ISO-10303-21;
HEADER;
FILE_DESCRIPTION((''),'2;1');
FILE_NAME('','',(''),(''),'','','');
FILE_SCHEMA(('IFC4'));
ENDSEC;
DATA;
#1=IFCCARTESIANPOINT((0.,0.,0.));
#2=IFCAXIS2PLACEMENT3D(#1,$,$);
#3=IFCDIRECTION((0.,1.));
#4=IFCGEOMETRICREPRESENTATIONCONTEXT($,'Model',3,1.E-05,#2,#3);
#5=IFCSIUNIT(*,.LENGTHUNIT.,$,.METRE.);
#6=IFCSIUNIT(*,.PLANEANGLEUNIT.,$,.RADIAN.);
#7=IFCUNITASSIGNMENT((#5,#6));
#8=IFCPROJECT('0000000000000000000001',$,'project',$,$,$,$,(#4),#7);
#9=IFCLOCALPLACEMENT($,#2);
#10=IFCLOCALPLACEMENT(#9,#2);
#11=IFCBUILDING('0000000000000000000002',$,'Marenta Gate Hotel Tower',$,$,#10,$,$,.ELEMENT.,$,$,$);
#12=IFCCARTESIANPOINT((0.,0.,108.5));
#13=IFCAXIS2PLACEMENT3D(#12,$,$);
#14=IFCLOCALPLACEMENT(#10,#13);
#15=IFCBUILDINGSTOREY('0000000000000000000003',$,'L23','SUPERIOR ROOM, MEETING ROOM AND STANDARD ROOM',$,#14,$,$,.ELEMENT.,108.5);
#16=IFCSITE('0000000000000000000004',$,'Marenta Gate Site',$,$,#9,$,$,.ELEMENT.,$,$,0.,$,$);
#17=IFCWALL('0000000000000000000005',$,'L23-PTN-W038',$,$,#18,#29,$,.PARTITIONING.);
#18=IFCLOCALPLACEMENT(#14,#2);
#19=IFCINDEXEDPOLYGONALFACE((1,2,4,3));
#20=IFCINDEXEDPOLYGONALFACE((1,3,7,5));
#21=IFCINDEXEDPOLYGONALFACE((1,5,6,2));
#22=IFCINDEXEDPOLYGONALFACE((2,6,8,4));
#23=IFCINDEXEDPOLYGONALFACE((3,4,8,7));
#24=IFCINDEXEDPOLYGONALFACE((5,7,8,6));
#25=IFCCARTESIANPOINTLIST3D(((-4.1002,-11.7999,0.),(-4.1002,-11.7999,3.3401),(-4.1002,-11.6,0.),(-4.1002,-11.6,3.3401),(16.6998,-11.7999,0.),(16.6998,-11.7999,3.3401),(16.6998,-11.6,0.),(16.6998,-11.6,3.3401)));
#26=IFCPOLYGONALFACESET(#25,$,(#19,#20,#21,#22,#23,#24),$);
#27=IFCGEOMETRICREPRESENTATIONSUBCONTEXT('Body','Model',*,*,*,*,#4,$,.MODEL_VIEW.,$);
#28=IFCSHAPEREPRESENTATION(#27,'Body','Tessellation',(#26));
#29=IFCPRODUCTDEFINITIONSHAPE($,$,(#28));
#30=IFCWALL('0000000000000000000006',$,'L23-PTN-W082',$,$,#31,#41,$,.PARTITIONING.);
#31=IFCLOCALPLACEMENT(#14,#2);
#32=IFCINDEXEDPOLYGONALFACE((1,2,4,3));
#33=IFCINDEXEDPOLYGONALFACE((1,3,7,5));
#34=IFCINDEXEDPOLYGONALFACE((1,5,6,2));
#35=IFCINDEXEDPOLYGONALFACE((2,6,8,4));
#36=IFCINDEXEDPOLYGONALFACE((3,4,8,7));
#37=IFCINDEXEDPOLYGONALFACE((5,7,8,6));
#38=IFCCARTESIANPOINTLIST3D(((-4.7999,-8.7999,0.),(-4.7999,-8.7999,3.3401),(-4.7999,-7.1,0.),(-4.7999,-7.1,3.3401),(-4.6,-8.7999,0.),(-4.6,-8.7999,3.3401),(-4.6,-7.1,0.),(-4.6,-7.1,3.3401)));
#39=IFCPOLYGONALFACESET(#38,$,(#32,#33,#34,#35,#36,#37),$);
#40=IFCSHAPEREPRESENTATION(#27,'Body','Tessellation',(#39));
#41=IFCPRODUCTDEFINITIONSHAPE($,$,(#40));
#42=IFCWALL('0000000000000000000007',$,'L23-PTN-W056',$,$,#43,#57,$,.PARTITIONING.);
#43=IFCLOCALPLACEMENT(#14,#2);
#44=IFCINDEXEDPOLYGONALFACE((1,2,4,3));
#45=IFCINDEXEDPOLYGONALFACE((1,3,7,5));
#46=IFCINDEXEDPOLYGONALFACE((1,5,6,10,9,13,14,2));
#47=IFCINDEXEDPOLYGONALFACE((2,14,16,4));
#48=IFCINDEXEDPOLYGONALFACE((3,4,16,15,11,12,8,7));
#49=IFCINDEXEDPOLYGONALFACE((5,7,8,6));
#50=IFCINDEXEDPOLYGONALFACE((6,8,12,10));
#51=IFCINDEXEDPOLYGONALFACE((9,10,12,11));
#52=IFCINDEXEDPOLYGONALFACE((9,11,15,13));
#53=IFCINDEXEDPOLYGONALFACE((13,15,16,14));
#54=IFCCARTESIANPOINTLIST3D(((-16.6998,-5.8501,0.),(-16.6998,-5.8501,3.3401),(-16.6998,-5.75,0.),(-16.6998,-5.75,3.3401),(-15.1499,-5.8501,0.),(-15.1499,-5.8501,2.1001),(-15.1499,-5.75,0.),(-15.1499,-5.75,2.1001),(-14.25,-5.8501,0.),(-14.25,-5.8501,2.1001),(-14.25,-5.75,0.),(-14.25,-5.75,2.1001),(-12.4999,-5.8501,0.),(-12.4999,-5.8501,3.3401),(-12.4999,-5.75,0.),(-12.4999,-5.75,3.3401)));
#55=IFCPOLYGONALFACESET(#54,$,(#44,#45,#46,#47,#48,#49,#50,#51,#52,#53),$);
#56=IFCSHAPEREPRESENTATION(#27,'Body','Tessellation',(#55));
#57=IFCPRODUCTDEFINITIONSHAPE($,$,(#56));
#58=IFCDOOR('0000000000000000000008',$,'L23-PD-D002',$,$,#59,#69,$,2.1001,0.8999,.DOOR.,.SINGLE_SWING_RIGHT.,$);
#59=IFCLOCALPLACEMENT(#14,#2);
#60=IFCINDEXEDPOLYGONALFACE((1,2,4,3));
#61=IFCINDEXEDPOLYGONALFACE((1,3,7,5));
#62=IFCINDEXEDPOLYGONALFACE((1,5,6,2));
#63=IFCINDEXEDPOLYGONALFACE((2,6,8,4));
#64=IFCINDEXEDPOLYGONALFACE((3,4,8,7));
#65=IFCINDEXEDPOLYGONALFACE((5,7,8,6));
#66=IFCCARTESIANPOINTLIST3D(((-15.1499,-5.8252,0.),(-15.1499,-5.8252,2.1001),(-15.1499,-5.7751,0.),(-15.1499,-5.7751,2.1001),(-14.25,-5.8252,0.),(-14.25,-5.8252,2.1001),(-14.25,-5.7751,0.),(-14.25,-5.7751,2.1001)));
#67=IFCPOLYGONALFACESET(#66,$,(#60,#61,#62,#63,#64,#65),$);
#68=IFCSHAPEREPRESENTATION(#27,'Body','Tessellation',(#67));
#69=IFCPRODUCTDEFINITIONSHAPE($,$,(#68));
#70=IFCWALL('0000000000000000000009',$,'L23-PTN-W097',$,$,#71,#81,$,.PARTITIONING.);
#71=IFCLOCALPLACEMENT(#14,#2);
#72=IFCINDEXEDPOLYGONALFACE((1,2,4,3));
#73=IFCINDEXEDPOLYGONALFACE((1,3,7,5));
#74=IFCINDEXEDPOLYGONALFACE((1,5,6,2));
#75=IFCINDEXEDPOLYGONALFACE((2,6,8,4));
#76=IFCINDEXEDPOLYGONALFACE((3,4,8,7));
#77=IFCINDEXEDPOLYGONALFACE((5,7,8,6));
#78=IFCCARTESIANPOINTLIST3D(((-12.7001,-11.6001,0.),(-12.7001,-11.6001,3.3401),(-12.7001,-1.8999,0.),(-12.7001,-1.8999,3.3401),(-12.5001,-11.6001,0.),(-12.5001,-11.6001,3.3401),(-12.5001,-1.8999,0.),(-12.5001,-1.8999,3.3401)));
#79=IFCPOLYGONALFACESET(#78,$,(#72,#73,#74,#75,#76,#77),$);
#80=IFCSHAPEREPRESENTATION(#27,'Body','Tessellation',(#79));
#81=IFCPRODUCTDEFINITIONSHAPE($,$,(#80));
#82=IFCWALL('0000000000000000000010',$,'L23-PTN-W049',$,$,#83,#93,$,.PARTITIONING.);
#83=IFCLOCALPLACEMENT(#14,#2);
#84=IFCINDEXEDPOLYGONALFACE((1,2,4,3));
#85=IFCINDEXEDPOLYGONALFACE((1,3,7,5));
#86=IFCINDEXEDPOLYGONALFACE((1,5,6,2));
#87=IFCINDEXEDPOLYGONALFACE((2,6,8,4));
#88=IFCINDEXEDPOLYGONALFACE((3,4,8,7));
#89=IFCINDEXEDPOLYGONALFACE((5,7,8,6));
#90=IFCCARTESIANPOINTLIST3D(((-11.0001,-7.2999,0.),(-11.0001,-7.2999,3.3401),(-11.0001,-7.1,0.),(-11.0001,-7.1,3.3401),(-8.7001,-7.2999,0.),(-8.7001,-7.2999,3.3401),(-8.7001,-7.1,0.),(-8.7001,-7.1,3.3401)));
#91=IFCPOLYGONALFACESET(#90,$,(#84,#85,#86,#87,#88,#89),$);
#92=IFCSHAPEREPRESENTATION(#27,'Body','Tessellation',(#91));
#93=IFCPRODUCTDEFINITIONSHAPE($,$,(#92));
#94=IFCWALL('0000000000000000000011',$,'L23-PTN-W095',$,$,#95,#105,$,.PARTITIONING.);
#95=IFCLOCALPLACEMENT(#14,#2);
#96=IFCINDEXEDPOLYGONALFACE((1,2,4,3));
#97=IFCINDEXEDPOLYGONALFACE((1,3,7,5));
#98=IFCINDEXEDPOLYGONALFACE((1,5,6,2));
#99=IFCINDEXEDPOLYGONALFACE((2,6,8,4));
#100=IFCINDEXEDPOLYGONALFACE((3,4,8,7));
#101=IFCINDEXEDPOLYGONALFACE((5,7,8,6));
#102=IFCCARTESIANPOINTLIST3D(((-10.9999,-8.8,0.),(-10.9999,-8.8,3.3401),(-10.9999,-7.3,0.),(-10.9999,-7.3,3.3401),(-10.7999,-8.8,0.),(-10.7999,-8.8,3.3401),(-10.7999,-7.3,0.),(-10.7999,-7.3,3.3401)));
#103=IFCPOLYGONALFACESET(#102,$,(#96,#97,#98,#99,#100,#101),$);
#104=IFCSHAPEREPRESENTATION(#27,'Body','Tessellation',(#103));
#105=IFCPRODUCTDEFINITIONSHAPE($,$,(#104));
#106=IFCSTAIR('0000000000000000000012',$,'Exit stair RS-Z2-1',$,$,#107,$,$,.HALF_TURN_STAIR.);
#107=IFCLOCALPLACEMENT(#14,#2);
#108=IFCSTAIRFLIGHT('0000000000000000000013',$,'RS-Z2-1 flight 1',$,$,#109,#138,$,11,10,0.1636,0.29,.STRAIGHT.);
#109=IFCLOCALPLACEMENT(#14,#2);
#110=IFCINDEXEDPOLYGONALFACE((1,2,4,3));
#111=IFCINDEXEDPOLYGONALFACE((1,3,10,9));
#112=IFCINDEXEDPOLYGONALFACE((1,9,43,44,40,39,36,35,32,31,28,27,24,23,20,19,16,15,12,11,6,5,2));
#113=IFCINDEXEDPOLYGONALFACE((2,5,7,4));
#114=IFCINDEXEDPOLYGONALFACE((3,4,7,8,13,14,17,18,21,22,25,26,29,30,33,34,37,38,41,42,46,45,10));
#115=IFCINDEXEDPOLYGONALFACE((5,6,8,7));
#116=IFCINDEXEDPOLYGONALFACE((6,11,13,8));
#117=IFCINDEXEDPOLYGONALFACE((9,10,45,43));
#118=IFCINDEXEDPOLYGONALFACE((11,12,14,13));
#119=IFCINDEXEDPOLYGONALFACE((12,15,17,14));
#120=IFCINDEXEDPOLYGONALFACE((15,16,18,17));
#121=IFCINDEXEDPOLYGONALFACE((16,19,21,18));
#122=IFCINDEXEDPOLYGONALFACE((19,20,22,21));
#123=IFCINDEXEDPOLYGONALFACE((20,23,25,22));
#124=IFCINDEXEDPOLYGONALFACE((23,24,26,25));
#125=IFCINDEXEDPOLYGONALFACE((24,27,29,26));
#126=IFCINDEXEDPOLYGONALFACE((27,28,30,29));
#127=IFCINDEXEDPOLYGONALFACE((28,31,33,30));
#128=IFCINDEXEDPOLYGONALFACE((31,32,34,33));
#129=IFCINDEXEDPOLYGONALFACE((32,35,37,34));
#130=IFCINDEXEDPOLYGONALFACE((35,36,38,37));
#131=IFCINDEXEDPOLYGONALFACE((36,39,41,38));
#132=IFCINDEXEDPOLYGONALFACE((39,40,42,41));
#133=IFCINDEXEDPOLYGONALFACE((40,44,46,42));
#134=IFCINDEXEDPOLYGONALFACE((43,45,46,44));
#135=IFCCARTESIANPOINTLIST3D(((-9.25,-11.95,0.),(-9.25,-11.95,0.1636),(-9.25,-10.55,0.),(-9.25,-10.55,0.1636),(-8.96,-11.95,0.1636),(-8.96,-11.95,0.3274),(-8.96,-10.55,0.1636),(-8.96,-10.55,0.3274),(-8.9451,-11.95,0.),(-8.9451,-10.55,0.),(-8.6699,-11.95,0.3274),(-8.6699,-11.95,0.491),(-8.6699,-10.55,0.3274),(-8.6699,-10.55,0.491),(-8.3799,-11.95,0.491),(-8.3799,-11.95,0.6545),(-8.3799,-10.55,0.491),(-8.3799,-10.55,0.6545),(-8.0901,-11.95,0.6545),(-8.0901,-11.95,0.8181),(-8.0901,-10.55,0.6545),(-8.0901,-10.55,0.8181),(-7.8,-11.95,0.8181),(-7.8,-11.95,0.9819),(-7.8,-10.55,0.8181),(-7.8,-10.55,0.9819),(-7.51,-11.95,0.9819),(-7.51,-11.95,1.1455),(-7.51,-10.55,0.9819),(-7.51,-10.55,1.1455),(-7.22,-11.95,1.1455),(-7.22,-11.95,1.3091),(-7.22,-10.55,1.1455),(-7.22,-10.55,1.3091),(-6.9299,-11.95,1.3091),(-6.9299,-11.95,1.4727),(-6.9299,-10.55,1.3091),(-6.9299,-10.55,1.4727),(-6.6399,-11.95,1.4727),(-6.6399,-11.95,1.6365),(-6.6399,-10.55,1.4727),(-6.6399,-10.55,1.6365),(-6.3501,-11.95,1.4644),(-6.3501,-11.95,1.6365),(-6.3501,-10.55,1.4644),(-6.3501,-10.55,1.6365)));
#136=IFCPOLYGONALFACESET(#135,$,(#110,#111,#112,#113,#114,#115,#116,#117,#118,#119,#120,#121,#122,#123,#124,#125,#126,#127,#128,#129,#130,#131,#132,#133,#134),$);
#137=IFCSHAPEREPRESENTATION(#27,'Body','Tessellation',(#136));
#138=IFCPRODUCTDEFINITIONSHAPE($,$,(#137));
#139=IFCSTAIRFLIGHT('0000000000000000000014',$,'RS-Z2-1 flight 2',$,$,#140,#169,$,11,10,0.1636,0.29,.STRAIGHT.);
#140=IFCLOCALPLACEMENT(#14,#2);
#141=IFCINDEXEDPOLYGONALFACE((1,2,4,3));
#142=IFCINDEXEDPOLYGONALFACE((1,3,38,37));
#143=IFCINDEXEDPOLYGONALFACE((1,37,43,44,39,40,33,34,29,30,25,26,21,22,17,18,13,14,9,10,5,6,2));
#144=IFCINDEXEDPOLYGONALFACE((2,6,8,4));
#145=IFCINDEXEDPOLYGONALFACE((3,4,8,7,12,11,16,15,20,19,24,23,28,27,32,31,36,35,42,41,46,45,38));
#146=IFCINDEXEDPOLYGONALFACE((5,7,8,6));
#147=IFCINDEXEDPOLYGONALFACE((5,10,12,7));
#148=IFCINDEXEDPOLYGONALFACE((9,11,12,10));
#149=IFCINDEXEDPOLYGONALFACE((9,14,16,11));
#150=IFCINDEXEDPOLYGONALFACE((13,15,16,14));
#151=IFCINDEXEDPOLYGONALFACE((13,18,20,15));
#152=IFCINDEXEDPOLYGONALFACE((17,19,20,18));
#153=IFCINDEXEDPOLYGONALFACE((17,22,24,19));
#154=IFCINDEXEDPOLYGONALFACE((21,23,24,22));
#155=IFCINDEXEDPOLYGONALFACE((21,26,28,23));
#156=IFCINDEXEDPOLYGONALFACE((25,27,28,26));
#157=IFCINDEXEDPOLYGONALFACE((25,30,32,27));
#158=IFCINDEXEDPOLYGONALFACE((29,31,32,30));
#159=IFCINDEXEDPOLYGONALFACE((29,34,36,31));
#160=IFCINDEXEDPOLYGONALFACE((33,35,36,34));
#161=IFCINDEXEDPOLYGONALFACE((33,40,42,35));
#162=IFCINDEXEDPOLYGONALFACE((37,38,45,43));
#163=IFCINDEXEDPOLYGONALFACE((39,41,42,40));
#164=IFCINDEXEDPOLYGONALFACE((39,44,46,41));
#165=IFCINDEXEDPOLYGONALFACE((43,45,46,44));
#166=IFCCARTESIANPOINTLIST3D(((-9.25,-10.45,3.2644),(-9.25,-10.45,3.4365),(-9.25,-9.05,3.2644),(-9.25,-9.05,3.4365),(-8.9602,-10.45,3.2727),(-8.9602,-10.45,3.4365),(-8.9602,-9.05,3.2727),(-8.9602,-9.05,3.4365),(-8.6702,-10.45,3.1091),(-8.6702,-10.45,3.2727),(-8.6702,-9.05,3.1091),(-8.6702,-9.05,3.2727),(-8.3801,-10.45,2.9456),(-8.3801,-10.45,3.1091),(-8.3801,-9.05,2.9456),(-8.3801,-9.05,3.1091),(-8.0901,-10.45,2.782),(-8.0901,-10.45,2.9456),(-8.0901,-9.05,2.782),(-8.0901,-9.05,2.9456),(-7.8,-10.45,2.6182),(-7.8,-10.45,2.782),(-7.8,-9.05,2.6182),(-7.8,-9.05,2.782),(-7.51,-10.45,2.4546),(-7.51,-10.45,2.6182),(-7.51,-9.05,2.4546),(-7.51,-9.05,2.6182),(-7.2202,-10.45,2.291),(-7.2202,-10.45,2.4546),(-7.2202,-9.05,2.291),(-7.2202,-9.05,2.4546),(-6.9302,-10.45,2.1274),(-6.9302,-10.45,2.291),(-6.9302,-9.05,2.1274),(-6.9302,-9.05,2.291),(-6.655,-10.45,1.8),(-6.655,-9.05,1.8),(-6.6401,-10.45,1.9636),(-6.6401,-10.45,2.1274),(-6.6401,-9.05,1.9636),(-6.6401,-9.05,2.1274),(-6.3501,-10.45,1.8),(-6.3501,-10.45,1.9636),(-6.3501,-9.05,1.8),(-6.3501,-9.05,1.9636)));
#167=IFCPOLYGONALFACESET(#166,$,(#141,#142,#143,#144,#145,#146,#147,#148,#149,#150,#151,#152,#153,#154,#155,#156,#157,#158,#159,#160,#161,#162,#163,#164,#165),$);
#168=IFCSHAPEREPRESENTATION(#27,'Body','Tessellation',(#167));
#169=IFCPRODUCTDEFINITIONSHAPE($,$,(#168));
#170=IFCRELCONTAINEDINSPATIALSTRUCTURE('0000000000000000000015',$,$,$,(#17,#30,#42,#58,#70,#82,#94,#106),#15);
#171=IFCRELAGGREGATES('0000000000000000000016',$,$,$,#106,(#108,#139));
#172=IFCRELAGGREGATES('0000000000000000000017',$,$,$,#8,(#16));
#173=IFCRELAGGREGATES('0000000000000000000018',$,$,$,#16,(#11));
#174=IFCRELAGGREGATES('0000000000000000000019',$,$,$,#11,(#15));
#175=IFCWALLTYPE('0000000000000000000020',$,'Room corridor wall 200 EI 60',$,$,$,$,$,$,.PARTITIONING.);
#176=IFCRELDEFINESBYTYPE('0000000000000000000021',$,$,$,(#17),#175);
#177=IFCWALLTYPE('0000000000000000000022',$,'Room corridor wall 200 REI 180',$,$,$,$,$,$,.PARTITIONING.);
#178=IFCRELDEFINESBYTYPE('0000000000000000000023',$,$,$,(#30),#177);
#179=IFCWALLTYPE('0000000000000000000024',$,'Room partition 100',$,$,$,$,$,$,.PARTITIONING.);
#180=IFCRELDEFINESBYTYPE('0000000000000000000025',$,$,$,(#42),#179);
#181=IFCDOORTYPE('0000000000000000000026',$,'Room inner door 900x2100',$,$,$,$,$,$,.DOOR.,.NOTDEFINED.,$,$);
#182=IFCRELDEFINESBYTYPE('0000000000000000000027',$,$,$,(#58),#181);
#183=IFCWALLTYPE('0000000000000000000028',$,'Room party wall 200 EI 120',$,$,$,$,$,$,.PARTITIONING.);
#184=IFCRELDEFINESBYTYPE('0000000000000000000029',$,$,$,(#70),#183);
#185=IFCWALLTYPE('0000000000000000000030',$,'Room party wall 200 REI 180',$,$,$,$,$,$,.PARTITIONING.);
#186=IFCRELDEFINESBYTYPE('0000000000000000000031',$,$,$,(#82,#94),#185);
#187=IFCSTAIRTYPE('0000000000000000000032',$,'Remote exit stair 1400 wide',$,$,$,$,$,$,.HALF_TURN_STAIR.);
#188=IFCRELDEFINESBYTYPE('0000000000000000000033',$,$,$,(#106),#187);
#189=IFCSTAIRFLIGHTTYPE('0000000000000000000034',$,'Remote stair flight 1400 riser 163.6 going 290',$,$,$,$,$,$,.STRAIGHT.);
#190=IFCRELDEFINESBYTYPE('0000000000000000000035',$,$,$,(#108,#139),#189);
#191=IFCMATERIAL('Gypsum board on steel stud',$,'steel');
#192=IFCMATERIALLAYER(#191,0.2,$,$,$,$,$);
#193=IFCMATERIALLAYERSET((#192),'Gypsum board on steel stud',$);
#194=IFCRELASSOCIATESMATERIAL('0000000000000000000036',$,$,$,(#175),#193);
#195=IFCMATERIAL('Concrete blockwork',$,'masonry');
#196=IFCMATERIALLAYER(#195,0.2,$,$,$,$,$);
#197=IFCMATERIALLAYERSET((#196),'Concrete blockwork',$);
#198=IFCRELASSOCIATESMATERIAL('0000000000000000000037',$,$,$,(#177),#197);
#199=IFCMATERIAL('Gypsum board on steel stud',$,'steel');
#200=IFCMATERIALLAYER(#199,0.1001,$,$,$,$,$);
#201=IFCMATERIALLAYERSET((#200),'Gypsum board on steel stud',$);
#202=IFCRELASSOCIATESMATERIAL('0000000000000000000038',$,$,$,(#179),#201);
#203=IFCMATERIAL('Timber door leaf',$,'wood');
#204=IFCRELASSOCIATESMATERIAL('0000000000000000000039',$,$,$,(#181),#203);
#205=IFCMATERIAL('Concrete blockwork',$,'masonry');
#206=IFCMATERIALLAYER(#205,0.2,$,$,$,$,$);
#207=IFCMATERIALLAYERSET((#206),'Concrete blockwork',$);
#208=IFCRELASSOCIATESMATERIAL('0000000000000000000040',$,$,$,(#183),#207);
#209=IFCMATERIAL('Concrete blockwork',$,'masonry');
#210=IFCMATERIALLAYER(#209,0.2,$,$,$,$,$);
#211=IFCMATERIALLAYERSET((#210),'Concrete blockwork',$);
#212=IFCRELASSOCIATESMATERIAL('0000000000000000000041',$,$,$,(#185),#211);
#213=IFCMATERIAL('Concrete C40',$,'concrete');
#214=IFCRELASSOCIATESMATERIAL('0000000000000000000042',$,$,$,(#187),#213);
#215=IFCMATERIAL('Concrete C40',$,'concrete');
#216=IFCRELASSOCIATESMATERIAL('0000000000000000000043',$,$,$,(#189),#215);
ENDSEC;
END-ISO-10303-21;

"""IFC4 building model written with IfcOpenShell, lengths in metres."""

from ifc_helpers import new_model, si_unit, direction, frame, frame_2d, origin, place, context, subcontext, project, spatial, polyline, rectangle, outline, extrude, material, layer, layer_set, type_object, element, fill, aggregate, save


model = new_model("IFC4")

# Units and contexts
model_context = context("Model", 3, precision=1e-05, world=origin(), true_north=direction((0.0, 1.0)))
body_context = subcontext(model_context, "Body", "Model", "MODEL_VIEW")
ifc_project = project(units=[si_unit("LENGTHUNIT", "METRE"), si_unit("PLANEANGLEUNIT", "RADIAN")], contexts=[model_context])

# Site, building, storey
site_placement = place(None, origin())
site = spatial("IfcSite", under=ifc_project, at=site_placement, Name="Marenta Gate Site", CompositionType="ELEMENT", RefElevation=0.0)
building_placement = place(site_placement, origin())
building = spatial("IfcBuilding", under=site, at=building_placement, Name="Marenta Gate Hotel Tower", CompositionType="ELEMENT")
storey_placement = place(building_placement, frame((0.0, 0.0, 108.5)))
storey = spatial("IfcBuildingStorey", under=building, at=storey_placement, Name="L23", Description="SUPERIOR ROOM, MEETING ROOM AND STANDARD ROOM", CompositionType="ELEMENT", Elevation=108.5)

# Wall
ifc_material_1 = material(Name="Gypsum board on steel stud", Category="steel")
ifc_layer_1 = layer(ifc_material_1, 0.2)
ifc_layer_set_1 = layer_set([ifc_layer_1], Name="Gypsum board on steel stud")
wall_type_1 = type_object("IfcWallType", Name="Room corridor wall 200 EI 60", PredefinedType="PARTITIONING", material=ifc_layer_set_1)
wall_1_placement = place(storey_placement, frame((-4.1001, -11.7, 0.0), z_axis=(0.0, 0.0, 1.0), x_axis=(1.0, 0.0, 0.0)))
element("IfcWall", 1, at=wall_1_placement, inside=storey, type_object=wall_type_1, Name="L23-PTN-W038", PredefinedType="PARTITIONING", context=body_context, shape_type="SweptSolid", body=[
    extrude(rectangle(XDim=20.8, YDim=0.2, at=frame_2d((10.3999, 0.0))), origin(), (0.0, 0.0, 1.0), 3.3401),
])

# Shared definitions
ifc_material_2 = material(Name="Concrete blockwork", Category="masonry")
ifc_layer_2 = layer(ifc_material_2, 0.2)
ifc_layer_set_2 = layer_set([ifc_layer_2], Name="Concrete blockwork")
wall_type_2 = type_object("IfcWallType", Name="Room corridor wall 200 REI 180", PredefinedType="PARTITIONING", material=ifc_layer_set_2)

# Wall
wall_2_placement = place(storey_placement, frame((-4.7, -8.8, 0.0), z_axis=(0.0, 0.0, 1.0), x_axis=(0.0, 1.0, 0.0)))
element("IfcWall", 2, at=wall_2_placement, inside=storey, type_object=wall_type_2, Name="L23-PTN-W082", PredefinedType="PARTITIONING", context=body_context, shape_type="SweptSolid", body=[
    extrude(rectangle(XDim=1.7, YDim=0.2, at=frame_2d((0.8501, 0.0))), origin(), (0.0, 0.0, 1.0), 3.3401),
])

# Wall, opening, door
ifc_material_3 = material(Name="Gypsum board on steel stud", Category="steel")
ifc_layer_3 = layer(ifc_material_3, 0.1001)
ifc_layer_set_3 = layer_set([ifc_layer_3], Name="Gypsum board on steel stud")
wall_type_3 = type_object("IfcWallType", Name="Room partition 100", PredefinedType="PARTITIONING", material=ifc_layer_set_3)
wall_3_placement = place(storey_placement, frame((-16.7, -5.8, 0.0), z_axis=(0.0, 0.0, 1.0), x_axis=(1.0, 0.0, 0.0)))
wall_3 = element("IfcWall", 3, at=wall_3_placement, inside=storey, type_object=wall_type_3, Name="L23-PTN-W056", PredefinedType="PARTITIONING", context=body_context, shape_type="SweptSolid", body=[
    extrude(rectangle(XDim=4.2, YDim=0.1001, at=frame_2d((2.1001, 0.0))), origin(), (0.0, 0.0, 1.0), 3.3401),
])
opening_1_placement = place(wall_3_placement, frame((1.55, 0.0, 0.0)))
opening_1 = element("IfcOpeningElement", 4, at=opening_1_placement, cuts=wall_3, PredefinedType="OPENING", context=body_context, shape_type="SweptSolid", body=[
    extrude(rectangle(XDim=0.8999, YDim=2.1001, at=frame_2d((0.45, 1.05))), frame((0.0, 0.05, 0.0), z_axis=(0.0, -1.0, 0.0), x_axis=(1.0, 0.0, 0.0)), (0.0, 0.0, 1.0), 0.1001),
])
ifc_material_4 = material(Name="Timber door leaf", Category="wood")
door_type_1 = type_object("IfcDoorType", Name="Room inner door 900x2100", OperationType="NOTDEFINED", PredefinedType="DOOR", material=ifc_material_4)
door_1_placement = place(opening_1_placement, origin())
door_1 = element("IfcDoor", 5, at=door_1_placement, inside=storey, type_object=door_type_1, Name="L23-PD-D002", OperationType="SINGLE_SWING_RIGHT", OverallHeight=2.1001, OverallWidth=0.8999, PredefinedType="DOOR", context=body_context, shape_type="SweptSolid", body=[
    extrude(rectangle(XDim=0.8999, YDim=2.1001, at=frame_2d((0.45, 1.05))), frame((0.0, 0.0249, 0.0), z_axis=(0.0, -1.0, 0.0), x_axis=(1.0, 0.0, 0.0)), (0.0, 0.0, 1.0), 0.05),
])
fill(opening_1, door_1)

# Walls
ifc_material_5 = material(Name="Concrete blockwork", Category="masonry")
ifc_layer_4 = layer(ifc_material_5, 0.2)
ifc_layer_set_4 = layer_set([ifc_layer_4], Name="Concrete blockwork")
wall_type_4 = type_object("IfcWallType", Name="Room party wall 200 EI 120", PredefinedType="PARTITIONING", material=ifc_layer_set_4)
wall_4_placement = place(storey_placement, frame((-12.6001, -11.6001, 0.0), z_axis=(0.0, 0.0, 1.0), x_axis=(0.0, 1.0, 0.0)))
element("IfcWall", 6, at=wall_4_placement, inside=storey, type_object=wall_type_4, Name="L23-PTN-W097", PredefinedType="PARTITIONING", context=body_context, shape_type="SweptSolid", body=[
    extrude(rectangle(XDim=9.7002, YDim=0.2, at=frame_2d((4.8501, 0.0))), origin(), (0.0, 0.0, 1.0), 3.3401),
])
ifc_material_6 = material(Name="Concrete blockwork", Category="masonry")
ifc_layer_5 = layer(ifc_material_6, 0.2)
ifc_layer_set_5 = layer_set([ifc_layer_5], Name="Concrete blockwork")
wall_type_5 = type_object("IfcWallType", Name="Room party wall 200 REI 180", PredefinedType="PARTITIONING", material=ifc_layer_set_5)
wall_5_placement = place(storey_placement, frame((-11.0, -7.2, 0.0), z_axis=(0.0, 0.0, 1.0), x_axis=(1.0, 0.0, 0.0)))
element("IfcWall", 7, at=wall_5_placement, inside=storey, type_object=wall_type_5, Name="L23-PTN-W049", PredefinedType="PARTITIONING", context=body_context, shape_type="SweptSolid", body=[
    extrude(rectangle(XDim=2.3, YDim=0.2, at=frame_2d((1.1499, 0.0))), origin(), (0.0, 0.0, 1.0), 3.3401),
])
wall_6_placement = place(storey_placement, frame((-10.8999, -8.8, 0.0), z_axis=(0.0, 0.0, 1.0), x_axis=(0.0, 1.0, 0.0)))
element("IfcWall", 8, at=wall_6_placement, inside=storey, type_object=wall_type_5, Name="L23-PTN-W095", PredefinedType="PARTITIONING", context=body_context, shape_type="SweptSolid", body=[
    extrude(rectangle(XDim=1.5, YDim=0.2, at=frame_2d((0.75, 0.0))), origin(), (0.0, 0.0, 1.0), 3.3401),
])

# Stair, stair flights
ifc_material_7 = material(Name="Concrete C40", Category="concrete")
stair_type = type_object("IfcStairType", Name="Remote exit stair 1400 wide", PredefinedType="HALF_TURN_STAIR", material=ifc_material_7)
stair_placement = place(storey_placement, origin())
stair = element("IfcStair", 9, at=stair_placement, inside=storey, type_object=stair_type, Name="Exit stair RS-Z2-1", PredefinedType="HALF_TURN_STAIR")
ifc_material_8 = material(Name="Concrete C40", Category="concrete")
stair_flight_type = type_object("IfcStairFlightType", Name="Remote stair flight 1400 riser 163.6 going 290", PredefinedType="STRAIGHT", material=ifc_material_8)
stair_flight_1_placement = place(storey_placement, frame((-9.25, -11.25, 0.0), z_axis=(0.0, 0.0, 1.0), x_axis=(1.0, 0.0, 0.0)))
stair_flight_1 = element("IfcStairFlight", 10, at=stair_flight_1_placement, type_object=stair_flight_type, Name="RS-Z2-1 flight 1", NumberOfRisers=11, NumberOfTreads=10, PredefinedType="STRAIGHT", RiserHeight=0.1636, TreadLength=0.29, context=body_context, shape_type="SweptSolid", body=[
    extrude(outline(polyline([(0.0, 0.0), (0.0, 0.1636), (0.29, 0.1636), (0.29, 0.3274), (0.5801, 0.3274), (0.5801, 0.491), (0.8701, 0.491), (0.8701, 0.6545), (1.1599, 0.6545), (1.1599, 0.8181), (1.45, 0.8181), (1.45, 0.9819), (1.74, 0.9819), (1.74, 1.1455), (2.03, 1.1455), (2.03, 1.3091), (2.3201, 1.3091), (2.3201, 1.4727), (2.6101, 1.4727), (2.6101, 1.6365), (2.8999, 1.6365), (2.8999, 1.8), (2.8999, 1.4644), (0.3049, 0.0), (0.0, 0.0)])), frame((0.0, 0.7, 0.0), z_axis=(0.0, -1.0, 0.0), x_axis=(1.0, 0.0, 0.0)), (0.0, 0.0, 1.0), 1.3999),
])
stair_flight_2_placement = place(storey_placement, frame((-6.3501, -9.75, 1.8), z_axis=(0.0, 0.0, 1.0), x_axis=(-1.0, 0.0, 0.0)))
stair_flight_2 = element("IfcStairFlight", 11, at=stair_flight_2_placement, type_object=stair_flight_type, Name="RS-Z2-1 flight 2", NumberOfRisers=11, NumberOfTreads=10, PredefinedType="STRAIGHT", RiserHeight=0.1636, TreadLength=0.29, context=body_context, shape_type="SweptSolid", body=[
    extrude(outline(polyline([(0.0, 0.0), (0.0, 0.1636), (0.29, 0.1636), (0.29, 0.3274), (0.5801, 0.3274), (0.5801, 0.491), (0.8701, 0.491), (0.8701, 0.6545), (1.1599, 0.6545), (1.1599, 0.8181), (1.45, 0.8181), (1.45, 0.9819), (1.74, 0.9819), (1.74, 1.1455), (2.03, 1.1455), (2.03, 1.3091), (2.3201, 1.3091), (2.3201, 1.4727), (2.6101, 1.4727), (2.6101, 1.6365), (2.8999, 1.6365), (2.8999, 1.8), (2.8999, 1.4644), (0.3049, 0.0), (0.0, 0.0)])), frame((0.0, 0.7, 0.0), z_axis=(0.0, -1.0, 0.0), x_axis=(1.0, 0.0, 0.0)), (0.0, 0.0, 1.0), 1.3999),
])
aggregate(stair, [stair_flight_1, stair_flight_2])

save(model, "model.ifc")
